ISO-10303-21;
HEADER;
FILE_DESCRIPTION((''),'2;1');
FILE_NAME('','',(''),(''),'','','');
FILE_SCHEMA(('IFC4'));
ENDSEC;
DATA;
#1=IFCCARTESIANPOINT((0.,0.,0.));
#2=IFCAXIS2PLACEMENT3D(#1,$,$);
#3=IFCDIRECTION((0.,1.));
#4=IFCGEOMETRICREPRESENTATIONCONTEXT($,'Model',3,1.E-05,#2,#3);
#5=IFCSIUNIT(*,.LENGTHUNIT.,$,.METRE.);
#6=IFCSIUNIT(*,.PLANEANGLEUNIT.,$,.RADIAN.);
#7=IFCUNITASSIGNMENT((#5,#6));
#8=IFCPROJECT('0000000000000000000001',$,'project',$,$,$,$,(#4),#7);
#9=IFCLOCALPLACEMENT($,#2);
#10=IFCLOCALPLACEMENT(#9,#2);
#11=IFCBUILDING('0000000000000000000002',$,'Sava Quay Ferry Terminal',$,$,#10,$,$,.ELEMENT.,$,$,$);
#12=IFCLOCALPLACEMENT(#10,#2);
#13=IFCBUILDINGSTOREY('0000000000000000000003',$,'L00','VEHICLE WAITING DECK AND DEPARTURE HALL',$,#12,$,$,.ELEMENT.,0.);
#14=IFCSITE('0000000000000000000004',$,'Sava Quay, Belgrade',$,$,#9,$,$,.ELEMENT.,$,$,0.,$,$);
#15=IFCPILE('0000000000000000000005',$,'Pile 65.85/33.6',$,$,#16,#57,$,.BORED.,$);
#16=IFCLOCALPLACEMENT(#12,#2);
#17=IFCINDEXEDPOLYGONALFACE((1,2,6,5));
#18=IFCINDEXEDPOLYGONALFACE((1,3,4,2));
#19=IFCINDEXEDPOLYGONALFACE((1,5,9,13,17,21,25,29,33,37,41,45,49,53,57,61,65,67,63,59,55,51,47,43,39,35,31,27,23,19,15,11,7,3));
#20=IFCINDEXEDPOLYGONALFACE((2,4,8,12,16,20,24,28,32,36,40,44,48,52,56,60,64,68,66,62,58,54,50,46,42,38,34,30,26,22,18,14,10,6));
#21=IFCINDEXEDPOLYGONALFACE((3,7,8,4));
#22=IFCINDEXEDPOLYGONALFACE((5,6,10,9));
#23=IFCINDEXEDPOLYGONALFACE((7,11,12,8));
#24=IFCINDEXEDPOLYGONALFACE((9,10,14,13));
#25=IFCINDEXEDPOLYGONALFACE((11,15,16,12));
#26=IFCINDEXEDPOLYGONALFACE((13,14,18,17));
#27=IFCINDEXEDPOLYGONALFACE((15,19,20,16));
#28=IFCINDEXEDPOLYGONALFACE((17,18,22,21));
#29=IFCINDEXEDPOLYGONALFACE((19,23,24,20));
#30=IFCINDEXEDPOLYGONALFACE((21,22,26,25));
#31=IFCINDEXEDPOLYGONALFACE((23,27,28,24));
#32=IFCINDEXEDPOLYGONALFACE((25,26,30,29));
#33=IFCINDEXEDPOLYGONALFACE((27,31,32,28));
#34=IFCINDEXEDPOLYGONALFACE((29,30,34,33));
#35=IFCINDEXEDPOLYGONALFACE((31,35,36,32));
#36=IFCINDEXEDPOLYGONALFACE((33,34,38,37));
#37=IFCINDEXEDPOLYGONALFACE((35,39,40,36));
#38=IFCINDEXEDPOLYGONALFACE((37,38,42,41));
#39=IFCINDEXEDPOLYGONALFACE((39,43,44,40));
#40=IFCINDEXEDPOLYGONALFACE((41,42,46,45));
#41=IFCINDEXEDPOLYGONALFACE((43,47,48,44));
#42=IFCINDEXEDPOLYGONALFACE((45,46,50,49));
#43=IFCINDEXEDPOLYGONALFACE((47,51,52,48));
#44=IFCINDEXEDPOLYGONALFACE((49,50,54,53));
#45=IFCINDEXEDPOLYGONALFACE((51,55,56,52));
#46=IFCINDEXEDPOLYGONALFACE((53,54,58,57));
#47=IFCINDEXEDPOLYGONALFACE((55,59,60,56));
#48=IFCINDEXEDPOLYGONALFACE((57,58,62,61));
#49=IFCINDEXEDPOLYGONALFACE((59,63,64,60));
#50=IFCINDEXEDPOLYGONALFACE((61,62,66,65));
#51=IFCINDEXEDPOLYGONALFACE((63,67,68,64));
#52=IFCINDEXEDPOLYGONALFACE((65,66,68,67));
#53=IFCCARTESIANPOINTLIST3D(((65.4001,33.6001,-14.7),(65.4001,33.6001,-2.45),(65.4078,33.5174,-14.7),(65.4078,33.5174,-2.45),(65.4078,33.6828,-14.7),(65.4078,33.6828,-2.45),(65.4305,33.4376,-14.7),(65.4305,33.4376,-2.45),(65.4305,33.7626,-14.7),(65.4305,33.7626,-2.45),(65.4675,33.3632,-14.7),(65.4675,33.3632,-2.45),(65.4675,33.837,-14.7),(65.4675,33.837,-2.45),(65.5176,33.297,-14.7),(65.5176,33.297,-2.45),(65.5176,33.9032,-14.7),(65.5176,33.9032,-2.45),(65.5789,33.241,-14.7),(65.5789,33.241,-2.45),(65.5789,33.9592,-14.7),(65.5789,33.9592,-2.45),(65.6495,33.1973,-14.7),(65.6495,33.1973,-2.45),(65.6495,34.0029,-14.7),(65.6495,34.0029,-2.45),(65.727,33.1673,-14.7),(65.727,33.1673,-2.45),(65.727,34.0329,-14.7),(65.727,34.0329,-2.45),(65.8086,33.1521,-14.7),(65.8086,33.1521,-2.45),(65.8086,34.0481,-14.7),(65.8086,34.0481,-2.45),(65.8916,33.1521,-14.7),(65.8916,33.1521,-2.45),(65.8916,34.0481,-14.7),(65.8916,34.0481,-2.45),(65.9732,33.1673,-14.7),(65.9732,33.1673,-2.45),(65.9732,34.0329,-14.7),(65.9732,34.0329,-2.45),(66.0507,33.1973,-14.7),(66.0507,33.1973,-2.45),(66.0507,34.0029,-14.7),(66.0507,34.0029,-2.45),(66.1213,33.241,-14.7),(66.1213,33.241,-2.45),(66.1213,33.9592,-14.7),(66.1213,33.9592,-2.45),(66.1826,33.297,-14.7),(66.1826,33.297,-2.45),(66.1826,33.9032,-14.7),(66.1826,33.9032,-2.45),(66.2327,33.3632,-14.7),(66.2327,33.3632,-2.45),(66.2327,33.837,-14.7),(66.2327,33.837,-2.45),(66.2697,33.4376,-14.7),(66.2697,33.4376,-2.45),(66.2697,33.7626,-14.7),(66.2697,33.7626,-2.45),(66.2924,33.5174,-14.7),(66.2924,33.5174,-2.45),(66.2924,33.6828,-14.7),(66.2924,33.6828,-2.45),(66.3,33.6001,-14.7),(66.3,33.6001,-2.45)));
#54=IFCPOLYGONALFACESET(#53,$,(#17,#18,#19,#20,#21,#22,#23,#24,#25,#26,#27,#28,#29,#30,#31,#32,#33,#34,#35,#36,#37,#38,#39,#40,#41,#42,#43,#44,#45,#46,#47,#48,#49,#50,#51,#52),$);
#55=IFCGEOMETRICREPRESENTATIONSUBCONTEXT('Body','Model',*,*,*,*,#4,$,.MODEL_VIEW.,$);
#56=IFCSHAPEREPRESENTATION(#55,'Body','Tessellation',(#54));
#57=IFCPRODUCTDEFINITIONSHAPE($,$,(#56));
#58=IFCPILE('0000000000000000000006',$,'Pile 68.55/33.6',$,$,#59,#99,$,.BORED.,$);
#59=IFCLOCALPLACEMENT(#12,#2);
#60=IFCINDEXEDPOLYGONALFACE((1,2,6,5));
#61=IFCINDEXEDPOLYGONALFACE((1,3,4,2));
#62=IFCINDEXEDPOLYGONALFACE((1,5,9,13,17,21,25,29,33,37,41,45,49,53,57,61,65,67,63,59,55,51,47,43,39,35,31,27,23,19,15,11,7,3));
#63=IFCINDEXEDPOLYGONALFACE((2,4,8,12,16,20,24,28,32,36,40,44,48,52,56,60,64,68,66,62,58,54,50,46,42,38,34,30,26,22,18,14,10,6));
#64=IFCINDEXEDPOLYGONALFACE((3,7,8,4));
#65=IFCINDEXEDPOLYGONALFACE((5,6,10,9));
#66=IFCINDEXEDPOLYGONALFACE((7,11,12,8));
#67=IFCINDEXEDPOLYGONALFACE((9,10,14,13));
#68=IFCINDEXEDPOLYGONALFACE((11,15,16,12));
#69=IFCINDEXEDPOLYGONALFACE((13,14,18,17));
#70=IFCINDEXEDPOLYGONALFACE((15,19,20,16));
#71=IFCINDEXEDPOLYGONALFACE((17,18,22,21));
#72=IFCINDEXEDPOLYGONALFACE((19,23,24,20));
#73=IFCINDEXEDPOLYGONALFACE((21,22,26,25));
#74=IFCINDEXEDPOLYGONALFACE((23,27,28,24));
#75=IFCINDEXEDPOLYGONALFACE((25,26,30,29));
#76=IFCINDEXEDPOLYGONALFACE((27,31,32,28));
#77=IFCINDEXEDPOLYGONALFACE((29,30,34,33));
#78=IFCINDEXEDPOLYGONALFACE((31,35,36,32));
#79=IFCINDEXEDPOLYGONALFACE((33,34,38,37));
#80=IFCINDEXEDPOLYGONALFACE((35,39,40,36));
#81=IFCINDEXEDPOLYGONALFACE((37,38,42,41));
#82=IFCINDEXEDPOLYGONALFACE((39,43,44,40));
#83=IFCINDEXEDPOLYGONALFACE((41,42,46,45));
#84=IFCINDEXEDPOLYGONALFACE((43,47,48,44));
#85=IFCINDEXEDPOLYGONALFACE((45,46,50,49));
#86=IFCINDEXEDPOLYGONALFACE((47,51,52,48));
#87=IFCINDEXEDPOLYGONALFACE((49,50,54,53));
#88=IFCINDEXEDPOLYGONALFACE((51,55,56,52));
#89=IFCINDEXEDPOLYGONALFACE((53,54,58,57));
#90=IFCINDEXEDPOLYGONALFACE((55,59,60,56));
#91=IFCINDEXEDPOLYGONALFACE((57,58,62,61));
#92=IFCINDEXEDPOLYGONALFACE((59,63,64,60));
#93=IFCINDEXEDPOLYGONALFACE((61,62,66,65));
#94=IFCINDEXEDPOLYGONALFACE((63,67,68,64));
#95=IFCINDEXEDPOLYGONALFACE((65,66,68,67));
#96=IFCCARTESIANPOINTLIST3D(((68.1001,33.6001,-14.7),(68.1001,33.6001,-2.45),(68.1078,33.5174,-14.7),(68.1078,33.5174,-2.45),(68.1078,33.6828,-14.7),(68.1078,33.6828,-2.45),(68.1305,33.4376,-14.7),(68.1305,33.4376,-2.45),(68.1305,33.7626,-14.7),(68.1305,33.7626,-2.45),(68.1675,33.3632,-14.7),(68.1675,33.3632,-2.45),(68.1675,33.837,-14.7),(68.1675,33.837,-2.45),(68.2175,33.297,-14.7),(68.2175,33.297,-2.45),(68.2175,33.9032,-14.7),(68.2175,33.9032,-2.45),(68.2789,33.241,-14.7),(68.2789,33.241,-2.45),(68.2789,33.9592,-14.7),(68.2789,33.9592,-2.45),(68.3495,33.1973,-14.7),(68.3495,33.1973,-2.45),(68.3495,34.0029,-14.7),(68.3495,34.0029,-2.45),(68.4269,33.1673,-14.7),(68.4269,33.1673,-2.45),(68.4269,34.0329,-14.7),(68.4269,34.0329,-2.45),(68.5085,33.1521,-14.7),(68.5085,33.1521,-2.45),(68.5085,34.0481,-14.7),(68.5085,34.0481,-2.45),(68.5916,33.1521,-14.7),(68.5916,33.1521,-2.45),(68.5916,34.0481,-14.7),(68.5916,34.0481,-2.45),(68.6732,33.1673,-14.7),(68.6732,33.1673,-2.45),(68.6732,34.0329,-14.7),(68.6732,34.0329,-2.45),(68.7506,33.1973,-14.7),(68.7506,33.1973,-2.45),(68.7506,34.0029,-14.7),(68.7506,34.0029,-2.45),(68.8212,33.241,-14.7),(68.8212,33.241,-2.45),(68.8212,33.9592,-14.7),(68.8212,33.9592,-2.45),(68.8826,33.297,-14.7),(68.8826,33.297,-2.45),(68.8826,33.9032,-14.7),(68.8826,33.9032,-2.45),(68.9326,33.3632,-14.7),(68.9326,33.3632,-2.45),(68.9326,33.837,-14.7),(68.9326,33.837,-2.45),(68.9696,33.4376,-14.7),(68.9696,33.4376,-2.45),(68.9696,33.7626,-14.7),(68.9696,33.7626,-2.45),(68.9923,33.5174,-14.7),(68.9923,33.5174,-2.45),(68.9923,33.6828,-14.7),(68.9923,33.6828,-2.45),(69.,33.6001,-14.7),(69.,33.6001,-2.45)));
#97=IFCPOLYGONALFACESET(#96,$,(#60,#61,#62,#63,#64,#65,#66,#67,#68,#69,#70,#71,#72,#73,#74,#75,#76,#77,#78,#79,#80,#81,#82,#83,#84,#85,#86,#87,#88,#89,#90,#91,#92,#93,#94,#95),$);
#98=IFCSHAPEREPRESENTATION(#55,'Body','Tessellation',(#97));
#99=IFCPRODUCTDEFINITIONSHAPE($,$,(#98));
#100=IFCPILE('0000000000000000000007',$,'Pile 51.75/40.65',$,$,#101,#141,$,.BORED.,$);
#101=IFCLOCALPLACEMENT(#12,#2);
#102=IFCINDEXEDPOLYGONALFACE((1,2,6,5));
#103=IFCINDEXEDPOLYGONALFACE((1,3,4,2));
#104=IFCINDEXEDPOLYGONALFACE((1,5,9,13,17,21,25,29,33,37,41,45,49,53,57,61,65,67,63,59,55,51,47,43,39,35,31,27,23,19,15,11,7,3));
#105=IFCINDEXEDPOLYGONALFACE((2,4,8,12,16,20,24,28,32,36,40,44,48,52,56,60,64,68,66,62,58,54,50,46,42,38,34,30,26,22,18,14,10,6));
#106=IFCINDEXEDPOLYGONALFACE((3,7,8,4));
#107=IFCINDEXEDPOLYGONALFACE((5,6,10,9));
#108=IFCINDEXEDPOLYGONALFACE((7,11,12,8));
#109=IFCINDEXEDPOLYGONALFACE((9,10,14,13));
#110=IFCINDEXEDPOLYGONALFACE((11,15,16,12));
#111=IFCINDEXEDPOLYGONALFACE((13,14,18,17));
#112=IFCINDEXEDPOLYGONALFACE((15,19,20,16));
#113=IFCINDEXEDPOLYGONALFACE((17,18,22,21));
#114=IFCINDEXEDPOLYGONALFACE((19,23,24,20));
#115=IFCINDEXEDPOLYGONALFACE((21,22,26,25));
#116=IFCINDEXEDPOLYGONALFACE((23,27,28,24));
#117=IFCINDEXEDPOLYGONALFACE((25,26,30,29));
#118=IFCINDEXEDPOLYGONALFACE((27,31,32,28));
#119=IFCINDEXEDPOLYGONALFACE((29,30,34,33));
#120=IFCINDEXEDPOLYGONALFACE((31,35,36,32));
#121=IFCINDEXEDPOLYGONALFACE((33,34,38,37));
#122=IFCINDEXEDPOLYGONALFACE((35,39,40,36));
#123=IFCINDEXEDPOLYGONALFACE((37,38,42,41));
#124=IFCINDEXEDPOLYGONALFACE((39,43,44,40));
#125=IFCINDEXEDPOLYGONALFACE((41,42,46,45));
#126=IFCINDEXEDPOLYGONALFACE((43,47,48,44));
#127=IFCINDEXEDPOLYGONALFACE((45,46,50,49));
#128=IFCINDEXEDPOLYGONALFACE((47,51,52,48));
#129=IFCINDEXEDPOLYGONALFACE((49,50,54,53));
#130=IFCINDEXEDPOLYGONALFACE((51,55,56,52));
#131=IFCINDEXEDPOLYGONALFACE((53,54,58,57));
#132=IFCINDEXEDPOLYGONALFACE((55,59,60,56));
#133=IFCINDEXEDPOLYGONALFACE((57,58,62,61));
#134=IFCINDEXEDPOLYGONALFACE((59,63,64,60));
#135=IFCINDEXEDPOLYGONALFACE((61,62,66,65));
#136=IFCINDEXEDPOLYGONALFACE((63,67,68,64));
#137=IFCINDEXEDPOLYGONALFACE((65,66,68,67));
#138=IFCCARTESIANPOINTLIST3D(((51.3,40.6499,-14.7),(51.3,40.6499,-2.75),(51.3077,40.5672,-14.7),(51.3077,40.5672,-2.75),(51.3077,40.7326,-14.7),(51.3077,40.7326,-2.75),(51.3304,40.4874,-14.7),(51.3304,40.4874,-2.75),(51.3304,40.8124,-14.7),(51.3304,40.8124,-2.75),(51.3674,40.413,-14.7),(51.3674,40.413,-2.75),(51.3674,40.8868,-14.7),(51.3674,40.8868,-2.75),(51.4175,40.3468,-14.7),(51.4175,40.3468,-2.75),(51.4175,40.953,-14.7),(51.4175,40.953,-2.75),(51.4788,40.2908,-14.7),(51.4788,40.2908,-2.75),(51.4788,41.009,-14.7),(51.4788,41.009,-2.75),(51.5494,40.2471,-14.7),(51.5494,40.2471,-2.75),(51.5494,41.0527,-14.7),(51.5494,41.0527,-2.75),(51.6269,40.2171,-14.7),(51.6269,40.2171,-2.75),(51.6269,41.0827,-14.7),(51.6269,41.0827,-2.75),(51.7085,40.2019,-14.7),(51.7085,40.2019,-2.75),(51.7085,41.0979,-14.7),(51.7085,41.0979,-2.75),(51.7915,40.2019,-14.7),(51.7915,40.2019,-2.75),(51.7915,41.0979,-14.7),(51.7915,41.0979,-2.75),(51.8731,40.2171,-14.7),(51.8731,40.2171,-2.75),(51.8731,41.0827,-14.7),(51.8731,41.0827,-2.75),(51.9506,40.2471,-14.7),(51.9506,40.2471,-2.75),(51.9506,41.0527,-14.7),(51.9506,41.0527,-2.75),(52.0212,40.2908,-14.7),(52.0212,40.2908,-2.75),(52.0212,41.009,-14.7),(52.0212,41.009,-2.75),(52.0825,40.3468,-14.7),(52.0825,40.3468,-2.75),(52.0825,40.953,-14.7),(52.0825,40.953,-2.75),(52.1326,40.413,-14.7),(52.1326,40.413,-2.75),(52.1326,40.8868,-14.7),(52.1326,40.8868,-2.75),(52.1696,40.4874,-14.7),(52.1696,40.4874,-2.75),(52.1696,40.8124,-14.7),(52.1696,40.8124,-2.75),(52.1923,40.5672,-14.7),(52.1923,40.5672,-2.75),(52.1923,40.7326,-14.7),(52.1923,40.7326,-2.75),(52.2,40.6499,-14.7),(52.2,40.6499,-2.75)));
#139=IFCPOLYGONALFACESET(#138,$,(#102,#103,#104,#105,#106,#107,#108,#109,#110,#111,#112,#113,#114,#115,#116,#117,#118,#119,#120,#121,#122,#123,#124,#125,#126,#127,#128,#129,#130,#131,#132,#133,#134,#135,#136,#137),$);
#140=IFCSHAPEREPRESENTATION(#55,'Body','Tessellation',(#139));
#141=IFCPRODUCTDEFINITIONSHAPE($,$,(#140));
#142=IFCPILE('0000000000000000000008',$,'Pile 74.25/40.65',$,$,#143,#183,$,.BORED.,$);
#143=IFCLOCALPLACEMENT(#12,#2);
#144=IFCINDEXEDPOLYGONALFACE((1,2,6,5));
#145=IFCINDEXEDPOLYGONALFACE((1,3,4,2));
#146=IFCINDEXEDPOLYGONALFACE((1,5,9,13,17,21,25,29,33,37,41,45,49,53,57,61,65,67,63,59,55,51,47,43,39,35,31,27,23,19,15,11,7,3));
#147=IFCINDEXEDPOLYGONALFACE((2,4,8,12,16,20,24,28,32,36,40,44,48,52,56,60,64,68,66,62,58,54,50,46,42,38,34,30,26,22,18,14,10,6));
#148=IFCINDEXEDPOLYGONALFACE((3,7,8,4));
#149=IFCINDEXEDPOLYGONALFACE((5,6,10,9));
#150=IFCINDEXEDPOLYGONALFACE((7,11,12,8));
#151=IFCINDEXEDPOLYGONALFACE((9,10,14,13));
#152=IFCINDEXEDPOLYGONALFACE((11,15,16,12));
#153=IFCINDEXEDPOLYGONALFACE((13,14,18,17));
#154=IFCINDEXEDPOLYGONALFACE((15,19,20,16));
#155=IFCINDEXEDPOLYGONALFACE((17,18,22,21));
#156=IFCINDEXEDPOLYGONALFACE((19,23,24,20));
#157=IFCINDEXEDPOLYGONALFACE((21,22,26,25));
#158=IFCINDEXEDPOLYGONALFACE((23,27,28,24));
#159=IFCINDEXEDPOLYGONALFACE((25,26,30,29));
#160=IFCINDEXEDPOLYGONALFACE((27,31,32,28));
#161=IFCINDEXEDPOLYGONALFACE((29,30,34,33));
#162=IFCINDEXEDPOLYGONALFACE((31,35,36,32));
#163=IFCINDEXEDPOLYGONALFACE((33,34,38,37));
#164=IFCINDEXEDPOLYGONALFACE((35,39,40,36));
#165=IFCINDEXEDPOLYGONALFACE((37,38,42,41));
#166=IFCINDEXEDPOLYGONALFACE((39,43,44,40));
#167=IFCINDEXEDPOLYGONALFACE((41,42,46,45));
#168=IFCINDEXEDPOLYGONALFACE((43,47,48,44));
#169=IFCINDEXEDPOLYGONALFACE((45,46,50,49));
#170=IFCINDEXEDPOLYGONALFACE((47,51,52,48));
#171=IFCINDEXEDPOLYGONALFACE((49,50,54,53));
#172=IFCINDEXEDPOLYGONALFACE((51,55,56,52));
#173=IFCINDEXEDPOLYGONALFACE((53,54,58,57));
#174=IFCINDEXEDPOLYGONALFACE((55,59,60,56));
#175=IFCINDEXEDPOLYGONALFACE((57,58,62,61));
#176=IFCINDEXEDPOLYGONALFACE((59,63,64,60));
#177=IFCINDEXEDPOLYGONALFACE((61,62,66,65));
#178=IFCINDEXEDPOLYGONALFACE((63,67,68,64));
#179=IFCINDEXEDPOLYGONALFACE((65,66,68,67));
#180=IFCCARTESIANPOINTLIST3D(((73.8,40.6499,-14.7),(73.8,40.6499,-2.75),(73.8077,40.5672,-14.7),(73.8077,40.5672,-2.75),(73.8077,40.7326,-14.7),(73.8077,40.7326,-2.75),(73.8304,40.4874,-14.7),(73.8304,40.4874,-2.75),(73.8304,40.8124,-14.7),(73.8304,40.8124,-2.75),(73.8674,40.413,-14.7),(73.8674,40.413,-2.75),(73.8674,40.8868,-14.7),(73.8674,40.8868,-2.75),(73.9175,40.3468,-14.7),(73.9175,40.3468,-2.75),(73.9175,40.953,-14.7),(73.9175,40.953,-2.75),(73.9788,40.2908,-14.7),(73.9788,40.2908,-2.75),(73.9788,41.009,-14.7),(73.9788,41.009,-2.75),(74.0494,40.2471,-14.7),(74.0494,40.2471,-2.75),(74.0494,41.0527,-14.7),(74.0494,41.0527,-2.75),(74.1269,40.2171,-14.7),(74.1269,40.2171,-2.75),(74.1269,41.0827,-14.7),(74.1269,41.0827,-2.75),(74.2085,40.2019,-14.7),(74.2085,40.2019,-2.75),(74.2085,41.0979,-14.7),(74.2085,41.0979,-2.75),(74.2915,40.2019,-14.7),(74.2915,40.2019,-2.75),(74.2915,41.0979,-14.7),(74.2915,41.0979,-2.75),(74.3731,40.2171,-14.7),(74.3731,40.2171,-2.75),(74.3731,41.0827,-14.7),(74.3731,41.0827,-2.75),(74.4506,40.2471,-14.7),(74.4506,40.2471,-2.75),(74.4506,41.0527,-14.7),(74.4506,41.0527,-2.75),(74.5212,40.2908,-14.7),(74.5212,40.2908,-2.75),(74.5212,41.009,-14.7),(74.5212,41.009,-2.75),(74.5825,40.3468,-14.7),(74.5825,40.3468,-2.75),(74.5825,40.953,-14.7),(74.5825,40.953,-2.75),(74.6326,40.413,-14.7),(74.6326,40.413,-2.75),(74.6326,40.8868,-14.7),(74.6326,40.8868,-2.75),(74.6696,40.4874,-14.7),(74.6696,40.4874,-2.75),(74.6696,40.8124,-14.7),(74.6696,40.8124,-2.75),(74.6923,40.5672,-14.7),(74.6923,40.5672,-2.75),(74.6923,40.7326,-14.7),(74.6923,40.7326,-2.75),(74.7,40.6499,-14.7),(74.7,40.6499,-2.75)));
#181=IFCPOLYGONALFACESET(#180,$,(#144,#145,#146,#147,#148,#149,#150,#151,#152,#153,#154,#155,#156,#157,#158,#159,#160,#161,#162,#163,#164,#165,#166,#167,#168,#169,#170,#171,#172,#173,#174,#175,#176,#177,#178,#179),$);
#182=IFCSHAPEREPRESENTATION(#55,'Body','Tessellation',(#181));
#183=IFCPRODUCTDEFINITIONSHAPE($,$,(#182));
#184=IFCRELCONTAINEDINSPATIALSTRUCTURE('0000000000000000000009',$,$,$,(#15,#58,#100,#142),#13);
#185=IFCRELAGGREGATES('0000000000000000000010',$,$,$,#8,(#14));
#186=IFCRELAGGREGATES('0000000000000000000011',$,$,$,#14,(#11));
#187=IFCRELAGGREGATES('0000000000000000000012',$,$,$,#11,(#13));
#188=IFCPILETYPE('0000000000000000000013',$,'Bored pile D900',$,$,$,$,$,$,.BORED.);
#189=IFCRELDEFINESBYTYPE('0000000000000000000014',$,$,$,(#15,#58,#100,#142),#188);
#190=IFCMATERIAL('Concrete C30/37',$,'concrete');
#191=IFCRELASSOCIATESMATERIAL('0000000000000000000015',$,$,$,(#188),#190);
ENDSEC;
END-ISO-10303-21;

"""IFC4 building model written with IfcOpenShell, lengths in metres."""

from ifc_helpers import new_model, si_unit, direction, frame, origin, origin_2d, place, context, subcontext, project, spatial, circle, extrude, material, material_profile, profile_set, type_object, element, save


model = new_model("IFC4")

# Units and contexts
model_context = context("Model", 3, precision=1e-05, world=origin(), true_north=direction((0.0, 1.0)))
body_context = subcontext(model_context, "Body", "Model", "MODEL_VIEW")
ifc_project = project(units=[si_unit("LENGTHUNIT", "METRE"), si_unit("PLANEANGLEUNIT", "RADIAN")], contexts=[model_context])

# Site, building, storey
site_placement = place(None, origin())
site = spatial("IfcSite", under=ifc_project, at=site_placement, Name="Sava Quay, Belgrade", CompositionType="ELEMENT", RefElevation=0.0)
building_placement = place(site_placement, origin())
building = spatial("IfcBuilding", under=site, at=building_placement, Name="Sava Quay Ferry Terminal", CompositionType="ELEMENT")
storey_placement = place(building_placement, origin())
storey = spatial("IfcBuildingStorey", under=building, at=storey_placement, Name="L00", Description="VEHICLE WAITING DECK AND DEPARTURE HALL", CompositionType="ELEMENT", Elevation=0.0)

# Piles
ifc_material_1 = material(Name="Concrete C30/37", Category="concrete")
ifc_material_profile_1 = material_profile(ifc_material_1, circle(Radius=0.45, at=origin_2d()), Name="Bored pile D900")
ifc_profile_set_1 = profile_set([ifc_material_profile_1], Name="Concrete C30/37")
pile_type = type_object("IfcPileType", Name="Bored pile D900", PredefinedType="BORED", material=ifc_profile_set_1)
for number, where, z_axis, x_axis, name in (
    (1, (65.8501, 33.6001, -2.45), (0.0, 0.0, -1.0), (1.0, 0.0, 0.0), "Pile 65.85/33.6"),
    (2, (68.55, 33.6001, -2.45), (0.0, 0.0, -1.0), (1.0, 0.0, 0.0), "Pile 68.55/33.6"),
):
    element("IfcPile", number, at=place(storey_placement, frame(where, z_axis=z_axis, x_axis=x_axis)), inside=storey, type_object=pile_type, Name=name, PredefinedType="BORED", context=body_context, shape_type="SweptSolid", body=[
        extrude(circle(Radius=0.45, at=origin_2d()), origin(), (0.0, 0.0, 1.0), 12.25),
    ])
for number, where, z_axis, x_axis, name in (
    (3, (51.75, 40.6499, -2.75), (0.0, 0.0, -1.0), (1.0, 0.0, 0.0), "Pile 51.75/40.65"),
    (4, (74.25, 40.6499, -2.75), (0.0, 0.0, -1.0), (1.0, 0.0, 0.0), "Pile 74.25/40.65"),
):
    element("IfcPile", number, at=place(storey_placement, frame(where, z_axis=z_axis, x_axis=x_axis)), inside=storey, type_object=pile_type, Name=name, PredefinedType="BORED", context=body_context, shape_type="SweptSolid", body=[
        extrude(circle(Radius=0.45, at=origin_2d()), origin(), (0.0, 0.0, 1.0), 11.95),
    ])

save(model, "model.ifc")
